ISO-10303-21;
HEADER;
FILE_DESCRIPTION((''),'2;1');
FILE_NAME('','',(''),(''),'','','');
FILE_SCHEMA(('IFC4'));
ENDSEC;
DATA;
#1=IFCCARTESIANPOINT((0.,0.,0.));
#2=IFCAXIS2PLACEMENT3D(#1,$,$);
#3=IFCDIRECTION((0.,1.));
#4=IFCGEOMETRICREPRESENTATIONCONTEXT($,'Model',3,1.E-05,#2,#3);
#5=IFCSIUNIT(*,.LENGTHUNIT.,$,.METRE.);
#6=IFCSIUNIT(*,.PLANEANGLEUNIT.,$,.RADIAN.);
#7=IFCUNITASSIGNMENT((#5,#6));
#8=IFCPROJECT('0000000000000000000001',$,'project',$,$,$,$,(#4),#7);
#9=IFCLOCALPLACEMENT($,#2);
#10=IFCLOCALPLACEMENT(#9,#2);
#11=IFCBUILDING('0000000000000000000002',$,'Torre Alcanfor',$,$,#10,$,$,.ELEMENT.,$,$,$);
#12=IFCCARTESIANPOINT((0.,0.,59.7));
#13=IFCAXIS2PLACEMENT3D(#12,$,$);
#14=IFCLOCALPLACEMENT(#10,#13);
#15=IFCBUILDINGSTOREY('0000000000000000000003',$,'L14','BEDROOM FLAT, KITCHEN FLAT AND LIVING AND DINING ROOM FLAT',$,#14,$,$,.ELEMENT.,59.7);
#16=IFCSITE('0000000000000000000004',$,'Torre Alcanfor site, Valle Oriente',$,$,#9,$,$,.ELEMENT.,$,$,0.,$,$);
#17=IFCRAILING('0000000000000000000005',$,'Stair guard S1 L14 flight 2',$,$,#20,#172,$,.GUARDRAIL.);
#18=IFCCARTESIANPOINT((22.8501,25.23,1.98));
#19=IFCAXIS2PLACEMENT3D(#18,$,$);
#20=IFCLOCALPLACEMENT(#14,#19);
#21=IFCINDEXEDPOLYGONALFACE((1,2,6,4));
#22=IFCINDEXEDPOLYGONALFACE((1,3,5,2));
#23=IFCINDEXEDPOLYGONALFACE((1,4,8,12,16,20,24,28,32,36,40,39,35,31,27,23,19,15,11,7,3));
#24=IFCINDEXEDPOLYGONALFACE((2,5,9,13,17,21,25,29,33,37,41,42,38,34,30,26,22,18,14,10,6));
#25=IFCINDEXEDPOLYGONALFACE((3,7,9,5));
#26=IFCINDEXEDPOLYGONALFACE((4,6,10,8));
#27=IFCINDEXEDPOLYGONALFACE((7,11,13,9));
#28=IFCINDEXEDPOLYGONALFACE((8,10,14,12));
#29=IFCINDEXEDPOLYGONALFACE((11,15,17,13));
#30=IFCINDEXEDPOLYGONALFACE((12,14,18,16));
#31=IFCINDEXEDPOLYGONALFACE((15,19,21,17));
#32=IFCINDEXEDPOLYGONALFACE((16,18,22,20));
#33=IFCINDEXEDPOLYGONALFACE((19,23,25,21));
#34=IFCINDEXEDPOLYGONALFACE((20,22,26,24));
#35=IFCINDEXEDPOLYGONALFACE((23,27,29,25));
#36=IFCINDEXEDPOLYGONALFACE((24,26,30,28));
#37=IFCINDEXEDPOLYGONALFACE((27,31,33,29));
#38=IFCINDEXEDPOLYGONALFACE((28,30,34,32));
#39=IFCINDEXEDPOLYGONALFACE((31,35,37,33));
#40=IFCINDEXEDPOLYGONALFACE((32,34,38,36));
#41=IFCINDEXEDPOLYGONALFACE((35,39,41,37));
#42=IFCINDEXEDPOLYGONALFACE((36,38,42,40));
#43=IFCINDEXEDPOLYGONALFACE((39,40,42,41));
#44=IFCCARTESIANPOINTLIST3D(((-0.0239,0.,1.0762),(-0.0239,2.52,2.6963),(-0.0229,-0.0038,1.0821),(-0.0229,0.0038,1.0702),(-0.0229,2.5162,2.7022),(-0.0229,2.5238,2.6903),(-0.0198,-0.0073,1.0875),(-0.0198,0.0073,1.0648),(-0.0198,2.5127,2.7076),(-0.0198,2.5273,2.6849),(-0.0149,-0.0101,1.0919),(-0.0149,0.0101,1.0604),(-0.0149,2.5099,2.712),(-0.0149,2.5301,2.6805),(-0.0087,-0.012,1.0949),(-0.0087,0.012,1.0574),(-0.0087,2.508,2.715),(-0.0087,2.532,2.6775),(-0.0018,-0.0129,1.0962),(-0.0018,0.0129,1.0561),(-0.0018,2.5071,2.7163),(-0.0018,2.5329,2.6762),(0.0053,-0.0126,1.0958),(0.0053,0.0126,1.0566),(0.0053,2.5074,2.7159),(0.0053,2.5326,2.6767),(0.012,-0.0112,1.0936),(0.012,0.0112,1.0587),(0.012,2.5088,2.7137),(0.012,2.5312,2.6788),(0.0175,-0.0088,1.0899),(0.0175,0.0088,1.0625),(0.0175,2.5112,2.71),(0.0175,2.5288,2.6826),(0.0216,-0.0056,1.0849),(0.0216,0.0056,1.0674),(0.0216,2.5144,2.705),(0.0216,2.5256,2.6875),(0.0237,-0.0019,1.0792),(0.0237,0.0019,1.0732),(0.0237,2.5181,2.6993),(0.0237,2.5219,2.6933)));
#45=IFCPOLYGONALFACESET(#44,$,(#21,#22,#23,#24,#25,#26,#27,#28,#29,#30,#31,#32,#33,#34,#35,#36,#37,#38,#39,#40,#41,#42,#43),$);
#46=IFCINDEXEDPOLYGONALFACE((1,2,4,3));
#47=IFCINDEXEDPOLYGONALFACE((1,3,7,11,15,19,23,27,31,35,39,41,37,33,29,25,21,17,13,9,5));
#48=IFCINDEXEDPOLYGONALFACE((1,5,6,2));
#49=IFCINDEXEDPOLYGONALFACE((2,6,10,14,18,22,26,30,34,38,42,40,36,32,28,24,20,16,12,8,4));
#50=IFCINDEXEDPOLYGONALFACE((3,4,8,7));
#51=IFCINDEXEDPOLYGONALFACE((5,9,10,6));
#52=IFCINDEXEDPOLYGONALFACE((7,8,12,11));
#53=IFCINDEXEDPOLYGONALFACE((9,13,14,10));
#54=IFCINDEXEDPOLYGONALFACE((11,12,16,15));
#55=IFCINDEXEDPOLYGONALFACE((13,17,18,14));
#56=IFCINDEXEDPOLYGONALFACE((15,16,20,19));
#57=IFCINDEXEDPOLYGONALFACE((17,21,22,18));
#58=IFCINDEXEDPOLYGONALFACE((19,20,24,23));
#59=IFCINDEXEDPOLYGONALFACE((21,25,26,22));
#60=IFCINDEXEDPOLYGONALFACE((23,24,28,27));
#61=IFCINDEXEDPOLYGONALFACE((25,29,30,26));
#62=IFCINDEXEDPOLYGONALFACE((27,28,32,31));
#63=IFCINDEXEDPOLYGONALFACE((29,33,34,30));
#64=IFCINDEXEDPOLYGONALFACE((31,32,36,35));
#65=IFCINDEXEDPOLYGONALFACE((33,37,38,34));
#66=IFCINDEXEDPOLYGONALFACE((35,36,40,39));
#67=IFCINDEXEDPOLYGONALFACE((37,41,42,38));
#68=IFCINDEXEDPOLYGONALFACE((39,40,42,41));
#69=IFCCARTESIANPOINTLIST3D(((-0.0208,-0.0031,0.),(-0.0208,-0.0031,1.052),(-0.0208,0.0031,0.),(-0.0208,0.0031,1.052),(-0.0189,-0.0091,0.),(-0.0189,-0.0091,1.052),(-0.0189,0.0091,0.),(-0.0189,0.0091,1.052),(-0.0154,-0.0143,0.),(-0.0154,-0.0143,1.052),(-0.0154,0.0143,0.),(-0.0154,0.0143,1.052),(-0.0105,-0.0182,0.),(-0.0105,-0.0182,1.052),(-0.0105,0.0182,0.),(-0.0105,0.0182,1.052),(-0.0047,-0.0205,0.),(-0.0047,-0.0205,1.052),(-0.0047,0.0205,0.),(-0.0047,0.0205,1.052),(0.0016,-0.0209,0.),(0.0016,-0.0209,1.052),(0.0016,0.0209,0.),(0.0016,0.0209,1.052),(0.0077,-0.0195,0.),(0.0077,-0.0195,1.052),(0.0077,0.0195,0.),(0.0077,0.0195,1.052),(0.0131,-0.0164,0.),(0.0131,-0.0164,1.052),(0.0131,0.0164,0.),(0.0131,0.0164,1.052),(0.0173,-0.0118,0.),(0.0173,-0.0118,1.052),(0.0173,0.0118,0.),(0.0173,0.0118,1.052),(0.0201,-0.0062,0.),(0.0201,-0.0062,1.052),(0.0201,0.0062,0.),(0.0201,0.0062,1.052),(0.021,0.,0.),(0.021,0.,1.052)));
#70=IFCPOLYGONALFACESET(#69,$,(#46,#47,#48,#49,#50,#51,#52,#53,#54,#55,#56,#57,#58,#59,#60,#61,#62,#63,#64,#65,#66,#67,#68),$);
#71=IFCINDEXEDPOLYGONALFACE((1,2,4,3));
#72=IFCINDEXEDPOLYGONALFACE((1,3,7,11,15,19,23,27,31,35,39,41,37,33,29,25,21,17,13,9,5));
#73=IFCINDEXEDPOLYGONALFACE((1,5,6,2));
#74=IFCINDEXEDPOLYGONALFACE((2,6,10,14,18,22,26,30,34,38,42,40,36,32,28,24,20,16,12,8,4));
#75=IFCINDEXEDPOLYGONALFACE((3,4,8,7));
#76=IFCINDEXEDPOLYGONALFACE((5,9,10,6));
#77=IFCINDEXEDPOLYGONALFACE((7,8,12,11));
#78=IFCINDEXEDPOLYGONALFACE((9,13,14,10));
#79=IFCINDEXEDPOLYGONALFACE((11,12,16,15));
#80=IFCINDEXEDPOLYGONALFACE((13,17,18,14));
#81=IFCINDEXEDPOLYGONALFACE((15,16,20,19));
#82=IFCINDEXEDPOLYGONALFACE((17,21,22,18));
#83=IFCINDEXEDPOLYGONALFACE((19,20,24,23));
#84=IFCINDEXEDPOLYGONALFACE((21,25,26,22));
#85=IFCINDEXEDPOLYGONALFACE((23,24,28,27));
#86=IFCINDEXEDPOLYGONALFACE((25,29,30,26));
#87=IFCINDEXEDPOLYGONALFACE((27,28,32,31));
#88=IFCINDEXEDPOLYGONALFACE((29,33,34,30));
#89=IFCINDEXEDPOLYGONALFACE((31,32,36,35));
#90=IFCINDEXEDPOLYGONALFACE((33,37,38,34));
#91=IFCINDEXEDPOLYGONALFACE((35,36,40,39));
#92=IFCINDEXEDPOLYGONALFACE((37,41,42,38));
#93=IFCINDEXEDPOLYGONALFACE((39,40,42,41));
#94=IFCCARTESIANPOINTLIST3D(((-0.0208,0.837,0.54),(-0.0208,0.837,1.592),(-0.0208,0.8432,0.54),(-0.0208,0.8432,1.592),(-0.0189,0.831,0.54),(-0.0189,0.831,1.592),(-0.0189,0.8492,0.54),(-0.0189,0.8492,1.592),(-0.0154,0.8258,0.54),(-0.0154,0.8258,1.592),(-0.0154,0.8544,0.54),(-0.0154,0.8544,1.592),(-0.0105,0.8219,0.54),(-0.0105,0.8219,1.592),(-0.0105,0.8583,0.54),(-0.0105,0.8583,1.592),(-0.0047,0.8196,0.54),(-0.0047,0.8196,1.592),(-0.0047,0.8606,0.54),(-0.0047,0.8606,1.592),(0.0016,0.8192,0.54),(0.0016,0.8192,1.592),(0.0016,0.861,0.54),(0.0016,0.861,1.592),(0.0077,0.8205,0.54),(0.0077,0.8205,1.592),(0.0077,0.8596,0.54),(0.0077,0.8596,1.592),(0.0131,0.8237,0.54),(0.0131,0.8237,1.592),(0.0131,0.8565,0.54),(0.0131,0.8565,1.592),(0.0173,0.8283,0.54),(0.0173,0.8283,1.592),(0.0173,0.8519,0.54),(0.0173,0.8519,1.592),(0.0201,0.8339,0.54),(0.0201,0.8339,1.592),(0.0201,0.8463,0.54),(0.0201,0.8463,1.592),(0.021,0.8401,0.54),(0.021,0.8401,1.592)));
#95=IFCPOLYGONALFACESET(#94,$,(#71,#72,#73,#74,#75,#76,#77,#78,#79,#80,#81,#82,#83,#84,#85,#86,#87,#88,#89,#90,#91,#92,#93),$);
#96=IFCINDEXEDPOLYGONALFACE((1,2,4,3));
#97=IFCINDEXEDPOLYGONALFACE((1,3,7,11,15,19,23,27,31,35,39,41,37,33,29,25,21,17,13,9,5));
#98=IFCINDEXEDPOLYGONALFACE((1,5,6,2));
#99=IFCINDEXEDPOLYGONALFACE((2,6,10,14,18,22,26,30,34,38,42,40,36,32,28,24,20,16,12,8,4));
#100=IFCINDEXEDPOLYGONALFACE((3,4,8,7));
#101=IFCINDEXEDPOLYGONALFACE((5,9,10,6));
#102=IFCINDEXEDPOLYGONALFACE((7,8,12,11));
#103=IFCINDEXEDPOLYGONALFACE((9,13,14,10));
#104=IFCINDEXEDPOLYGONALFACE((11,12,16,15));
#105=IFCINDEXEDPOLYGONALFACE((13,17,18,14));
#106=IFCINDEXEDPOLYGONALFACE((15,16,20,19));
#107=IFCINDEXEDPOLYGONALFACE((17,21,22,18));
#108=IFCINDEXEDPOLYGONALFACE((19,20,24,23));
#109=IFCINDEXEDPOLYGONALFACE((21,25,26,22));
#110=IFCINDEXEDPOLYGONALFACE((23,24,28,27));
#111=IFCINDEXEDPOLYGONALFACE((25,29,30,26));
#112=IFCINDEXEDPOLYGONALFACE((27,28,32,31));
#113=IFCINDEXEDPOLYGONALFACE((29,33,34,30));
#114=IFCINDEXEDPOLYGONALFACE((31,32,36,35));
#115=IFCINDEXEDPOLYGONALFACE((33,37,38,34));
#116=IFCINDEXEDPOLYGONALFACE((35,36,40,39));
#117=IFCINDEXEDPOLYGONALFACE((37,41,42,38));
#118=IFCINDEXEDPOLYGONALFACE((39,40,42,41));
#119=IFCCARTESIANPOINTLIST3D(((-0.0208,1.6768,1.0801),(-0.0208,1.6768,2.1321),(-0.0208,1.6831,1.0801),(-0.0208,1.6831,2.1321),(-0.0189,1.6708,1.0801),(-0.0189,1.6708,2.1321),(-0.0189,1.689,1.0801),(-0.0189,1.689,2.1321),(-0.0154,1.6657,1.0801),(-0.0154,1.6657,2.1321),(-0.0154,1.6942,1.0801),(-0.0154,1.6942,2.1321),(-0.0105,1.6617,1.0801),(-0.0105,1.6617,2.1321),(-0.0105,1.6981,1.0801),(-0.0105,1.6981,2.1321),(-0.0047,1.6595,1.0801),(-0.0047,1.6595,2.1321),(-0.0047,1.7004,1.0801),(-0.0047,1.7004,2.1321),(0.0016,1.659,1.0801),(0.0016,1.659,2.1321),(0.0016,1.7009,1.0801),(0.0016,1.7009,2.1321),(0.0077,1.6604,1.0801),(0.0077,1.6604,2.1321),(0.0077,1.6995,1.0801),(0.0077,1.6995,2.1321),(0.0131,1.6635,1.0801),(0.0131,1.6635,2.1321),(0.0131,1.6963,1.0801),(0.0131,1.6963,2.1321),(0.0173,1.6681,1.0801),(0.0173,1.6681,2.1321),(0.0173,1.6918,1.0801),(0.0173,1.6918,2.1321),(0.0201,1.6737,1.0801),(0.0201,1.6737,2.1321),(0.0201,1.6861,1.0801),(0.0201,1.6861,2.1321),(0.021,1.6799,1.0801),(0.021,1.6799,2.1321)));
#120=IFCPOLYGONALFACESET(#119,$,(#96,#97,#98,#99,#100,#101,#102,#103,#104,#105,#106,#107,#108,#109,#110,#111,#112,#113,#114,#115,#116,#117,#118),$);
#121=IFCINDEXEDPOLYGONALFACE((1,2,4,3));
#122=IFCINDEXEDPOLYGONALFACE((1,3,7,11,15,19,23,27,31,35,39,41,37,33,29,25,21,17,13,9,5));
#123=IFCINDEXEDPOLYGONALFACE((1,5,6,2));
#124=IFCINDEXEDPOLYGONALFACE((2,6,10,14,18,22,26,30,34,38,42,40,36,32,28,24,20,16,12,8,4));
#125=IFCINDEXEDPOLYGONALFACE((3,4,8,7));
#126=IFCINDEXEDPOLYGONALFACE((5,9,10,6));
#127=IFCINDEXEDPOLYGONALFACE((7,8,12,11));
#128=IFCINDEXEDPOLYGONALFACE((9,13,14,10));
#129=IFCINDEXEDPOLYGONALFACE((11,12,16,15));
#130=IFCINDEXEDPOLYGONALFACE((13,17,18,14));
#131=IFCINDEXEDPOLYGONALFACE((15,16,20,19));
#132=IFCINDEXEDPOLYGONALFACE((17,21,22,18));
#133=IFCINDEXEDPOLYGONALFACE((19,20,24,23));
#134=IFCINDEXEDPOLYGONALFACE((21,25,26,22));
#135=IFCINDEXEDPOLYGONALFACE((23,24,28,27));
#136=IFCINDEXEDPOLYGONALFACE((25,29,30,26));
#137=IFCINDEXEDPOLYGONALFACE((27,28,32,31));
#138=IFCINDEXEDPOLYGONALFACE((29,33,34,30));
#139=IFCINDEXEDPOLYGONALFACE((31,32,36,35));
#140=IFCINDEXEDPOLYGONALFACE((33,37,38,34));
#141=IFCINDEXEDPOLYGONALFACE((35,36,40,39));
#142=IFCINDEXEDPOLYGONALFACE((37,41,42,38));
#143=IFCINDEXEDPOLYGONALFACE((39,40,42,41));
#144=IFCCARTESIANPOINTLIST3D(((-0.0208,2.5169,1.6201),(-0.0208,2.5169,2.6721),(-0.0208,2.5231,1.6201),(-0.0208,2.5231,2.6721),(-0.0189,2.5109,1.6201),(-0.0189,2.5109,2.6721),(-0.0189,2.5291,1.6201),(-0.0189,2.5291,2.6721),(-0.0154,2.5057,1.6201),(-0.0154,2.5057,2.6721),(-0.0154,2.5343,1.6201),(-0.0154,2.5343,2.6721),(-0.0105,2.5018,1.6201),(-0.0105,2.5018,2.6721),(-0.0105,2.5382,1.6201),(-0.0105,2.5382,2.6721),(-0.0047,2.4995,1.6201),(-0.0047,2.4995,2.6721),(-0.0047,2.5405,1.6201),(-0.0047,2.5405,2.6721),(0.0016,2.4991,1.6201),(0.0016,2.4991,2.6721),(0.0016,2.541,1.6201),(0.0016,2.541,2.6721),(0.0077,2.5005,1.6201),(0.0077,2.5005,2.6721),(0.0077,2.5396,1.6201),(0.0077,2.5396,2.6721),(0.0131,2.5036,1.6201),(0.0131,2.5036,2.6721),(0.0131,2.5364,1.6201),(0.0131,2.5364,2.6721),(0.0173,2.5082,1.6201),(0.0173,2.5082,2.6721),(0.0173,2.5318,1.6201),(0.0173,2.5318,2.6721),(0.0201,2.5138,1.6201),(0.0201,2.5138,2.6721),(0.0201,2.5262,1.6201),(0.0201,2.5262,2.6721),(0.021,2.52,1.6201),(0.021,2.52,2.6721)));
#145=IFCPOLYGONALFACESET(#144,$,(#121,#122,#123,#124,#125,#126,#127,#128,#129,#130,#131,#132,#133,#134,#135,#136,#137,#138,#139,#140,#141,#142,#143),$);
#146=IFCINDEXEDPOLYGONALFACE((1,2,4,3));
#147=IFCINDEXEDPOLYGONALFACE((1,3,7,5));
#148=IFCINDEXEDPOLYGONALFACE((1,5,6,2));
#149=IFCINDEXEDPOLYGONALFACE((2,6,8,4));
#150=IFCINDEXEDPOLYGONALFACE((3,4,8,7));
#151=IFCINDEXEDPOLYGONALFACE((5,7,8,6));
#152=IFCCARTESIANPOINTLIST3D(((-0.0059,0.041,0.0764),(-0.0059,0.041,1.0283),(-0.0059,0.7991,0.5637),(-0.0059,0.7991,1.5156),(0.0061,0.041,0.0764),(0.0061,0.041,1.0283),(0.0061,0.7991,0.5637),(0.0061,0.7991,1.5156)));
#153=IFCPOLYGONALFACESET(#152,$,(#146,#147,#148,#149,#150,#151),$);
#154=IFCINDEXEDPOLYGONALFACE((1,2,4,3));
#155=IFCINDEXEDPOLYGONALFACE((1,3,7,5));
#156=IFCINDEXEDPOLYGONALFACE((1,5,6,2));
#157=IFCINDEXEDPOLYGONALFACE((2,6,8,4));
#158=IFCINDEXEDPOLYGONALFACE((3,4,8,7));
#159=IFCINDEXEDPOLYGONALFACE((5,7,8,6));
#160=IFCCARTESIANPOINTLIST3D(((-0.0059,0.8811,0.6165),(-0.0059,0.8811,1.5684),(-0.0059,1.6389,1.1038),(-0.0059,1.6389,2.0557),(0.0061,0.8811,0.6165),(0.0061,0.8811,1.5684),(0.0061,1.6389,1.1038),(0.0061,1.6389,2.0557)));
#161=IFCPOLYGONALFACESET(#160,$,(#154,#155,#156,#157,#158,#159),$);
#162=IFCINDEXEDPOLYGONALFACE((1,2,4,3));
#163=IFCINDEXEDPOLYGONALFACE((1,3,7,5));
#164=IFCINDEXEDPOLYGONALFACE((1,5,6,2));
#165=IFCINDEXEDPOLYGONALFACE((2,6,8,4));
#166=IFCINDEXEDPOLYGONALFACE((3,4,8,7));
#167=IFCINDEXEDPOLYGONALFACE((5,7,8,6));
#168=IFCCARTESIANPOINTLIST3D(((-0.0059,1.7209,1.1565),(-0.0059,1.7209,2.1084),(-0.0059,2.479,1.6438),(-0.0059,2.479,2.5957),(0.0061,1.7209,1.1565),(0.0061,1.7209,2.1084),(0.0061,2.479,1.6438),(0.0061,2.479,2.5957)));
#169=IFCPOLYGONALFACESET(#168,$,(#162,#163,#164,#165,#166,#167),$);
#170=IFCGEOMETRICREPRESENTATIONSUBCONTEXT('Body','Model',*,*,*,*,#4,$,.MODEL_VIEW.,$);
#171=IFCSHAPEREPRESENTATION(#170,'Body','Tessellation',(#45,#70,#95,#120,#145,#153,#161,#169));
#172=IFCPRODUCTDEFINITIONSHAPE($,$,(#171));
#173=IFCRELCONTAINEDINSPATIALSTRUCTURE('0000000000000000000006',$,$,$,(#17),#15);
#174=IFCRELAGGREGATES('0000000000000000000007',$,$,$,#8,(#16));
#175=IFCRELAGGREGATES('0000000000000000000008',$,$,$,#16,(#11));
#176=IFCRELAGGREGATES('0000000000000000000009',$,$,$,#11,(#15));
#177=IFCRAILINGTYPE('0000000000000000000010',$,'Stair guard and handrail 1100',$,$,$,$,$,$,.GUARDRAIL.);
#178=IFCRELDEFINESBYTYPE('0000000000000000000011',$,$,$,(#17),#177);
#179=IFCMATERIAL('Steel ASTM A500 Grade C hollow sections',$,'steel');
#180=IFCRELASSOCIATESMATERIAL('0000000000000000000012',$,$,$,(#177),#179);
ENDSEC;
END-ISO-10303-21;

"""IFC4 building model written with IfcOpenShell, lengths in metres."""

from ifc_helpers import new_model, si_unit, direction, frame, origin, origin_2d, place, context, subcontext, project, spatial, polyline, circle, outline, extrude, material, type_object, element, save


model = new_model("IFC4")

# Units and contexts
model_context = context("Model", 3, precision=1e-05, world=origin(), true_north=direction((0.0, 1.0)))
body_context = subcontext(model_context, "Body", "Model", "MODEL_VIEW")
ifc_project = project(units=[si_unit("LENGTHUNIT", "METRE"), si_unit("PLANEANGLEUNIT", "RADIAN")], contexts=[model_context])

# Site, building, storey
site_placement = place(None, origin())
site = spatial("IfcSite", under=ifc_project, at=site_placement, Name="Torre Alcanfor site, Valle Oriente", CompositionType="ELEMENT", RefElevation=0.0)
building_placement = place(site_placement, origin())
building = spatial("IfcBuilding", under=site, at=building_placement, Name="Torre Alcanfor", CompositionType="ELEMENT")
storey_placement = place(building_placement, frame((0.0, 0.0, 59.7)))
storey = spatial("IfcBuildingStorey", under=building, at=storey_placement, Name="L14", Description="BEDROOM FLAT, KITCHEN FLAT AND LIVING AND DINING ROOM FLAT", CompositionType="ELEMENT", Elevation=59.7)

# Railing
ifc_material_1 = material(Name="Steel ASTM A500 Grade C hollow sections", Category="steel")
railing_type_1 = type_object("IfcRailingType", Name="Stair guard and handrail 1100", PredefinedType="GUARDRAIL", material=ifc_material_1)
railing_1_placement = place(storey_placement, frame((22.8501, 25.23, 1.98)))
element("IfcRailing", 1, at=railing_1_placement, inside=storey, type_object=railing_type_1, Name="Stair guard S1 L14 flight 2", PredefinedType="GUARDRAIL", context=body_context, shape_type="SweptSolid", body=[
    extrude(circle(Radius=0.0239, at=origin_2d()), frame((0.0, 0.0, 1.0762), z_axis=(0.0, 0.841163, 0.540782), x_axis=(-1.0, 0.0, 0.0)), (0.0, 0.0, 1.0), 2.9958),
    extrude(circle(Radius=0.021, at=origin_2d()), origin(), (0.0, 0.0, 1.0), 1.052),
    extrude(circle(Radius=0.021, at=origin_2d()), frame((0.0, 0.8401, 0.54)), (0.0, 0.0, 1.0), 1.052),
    extrude(circle(Radius=0.021, at=origin_2d()), frame((0.0, 1.6799, 1.0801)), (0.0, 0.0, 1.0), 1.052),
    extrude(circle(Radius=0.021, at=origin_2d()), frame((0.0, 2.52, 1.6201)), (0.0, 0.0, 1.0), 1.052),
    extrude(outline(polyline([(0.041, 0.0764), (0.7991, 0.5637), (0.7991, 1.5156), (0.041, 1.0283), (0.041, 0.0764)])), frame((-0.0059, 0.0, 0.0), z_axis=(1.0, 0.0, 0.0), x_axis=(0.0, 1.0, 0.0)), (0.0, 0.0, 1.0), 0.012),
    extrude(outline(polyline([(0.8811, 0.6165), (1.6389, 1.1038), (1.6389, 2.0557), (0.8811, 1.5684), (0.8811, 0.6165)])), frame((-0.0059, 0.0, 0.0), z_axis=(1.0, 0.0, 0.0), x_axis=(0.0, 1.0, 0.0)), (0.0, 0.0, 1.0), 0.012),
    extrude(outline(polyline([(1.7209, 1.1565), (2.479, 1.6438), (2.479, 2.5957), (1.7209, 2.1084), (1.7209, 1.1565)])), frame((-0.0059, 0.0, 0.0), z_axis=(1.0, 0.0, 0.0), x_axis=(0.0, 1.0, 0.0)), (0.0, 0.0, 1.0), 0.012),
])

save(model, "model.ifc")
